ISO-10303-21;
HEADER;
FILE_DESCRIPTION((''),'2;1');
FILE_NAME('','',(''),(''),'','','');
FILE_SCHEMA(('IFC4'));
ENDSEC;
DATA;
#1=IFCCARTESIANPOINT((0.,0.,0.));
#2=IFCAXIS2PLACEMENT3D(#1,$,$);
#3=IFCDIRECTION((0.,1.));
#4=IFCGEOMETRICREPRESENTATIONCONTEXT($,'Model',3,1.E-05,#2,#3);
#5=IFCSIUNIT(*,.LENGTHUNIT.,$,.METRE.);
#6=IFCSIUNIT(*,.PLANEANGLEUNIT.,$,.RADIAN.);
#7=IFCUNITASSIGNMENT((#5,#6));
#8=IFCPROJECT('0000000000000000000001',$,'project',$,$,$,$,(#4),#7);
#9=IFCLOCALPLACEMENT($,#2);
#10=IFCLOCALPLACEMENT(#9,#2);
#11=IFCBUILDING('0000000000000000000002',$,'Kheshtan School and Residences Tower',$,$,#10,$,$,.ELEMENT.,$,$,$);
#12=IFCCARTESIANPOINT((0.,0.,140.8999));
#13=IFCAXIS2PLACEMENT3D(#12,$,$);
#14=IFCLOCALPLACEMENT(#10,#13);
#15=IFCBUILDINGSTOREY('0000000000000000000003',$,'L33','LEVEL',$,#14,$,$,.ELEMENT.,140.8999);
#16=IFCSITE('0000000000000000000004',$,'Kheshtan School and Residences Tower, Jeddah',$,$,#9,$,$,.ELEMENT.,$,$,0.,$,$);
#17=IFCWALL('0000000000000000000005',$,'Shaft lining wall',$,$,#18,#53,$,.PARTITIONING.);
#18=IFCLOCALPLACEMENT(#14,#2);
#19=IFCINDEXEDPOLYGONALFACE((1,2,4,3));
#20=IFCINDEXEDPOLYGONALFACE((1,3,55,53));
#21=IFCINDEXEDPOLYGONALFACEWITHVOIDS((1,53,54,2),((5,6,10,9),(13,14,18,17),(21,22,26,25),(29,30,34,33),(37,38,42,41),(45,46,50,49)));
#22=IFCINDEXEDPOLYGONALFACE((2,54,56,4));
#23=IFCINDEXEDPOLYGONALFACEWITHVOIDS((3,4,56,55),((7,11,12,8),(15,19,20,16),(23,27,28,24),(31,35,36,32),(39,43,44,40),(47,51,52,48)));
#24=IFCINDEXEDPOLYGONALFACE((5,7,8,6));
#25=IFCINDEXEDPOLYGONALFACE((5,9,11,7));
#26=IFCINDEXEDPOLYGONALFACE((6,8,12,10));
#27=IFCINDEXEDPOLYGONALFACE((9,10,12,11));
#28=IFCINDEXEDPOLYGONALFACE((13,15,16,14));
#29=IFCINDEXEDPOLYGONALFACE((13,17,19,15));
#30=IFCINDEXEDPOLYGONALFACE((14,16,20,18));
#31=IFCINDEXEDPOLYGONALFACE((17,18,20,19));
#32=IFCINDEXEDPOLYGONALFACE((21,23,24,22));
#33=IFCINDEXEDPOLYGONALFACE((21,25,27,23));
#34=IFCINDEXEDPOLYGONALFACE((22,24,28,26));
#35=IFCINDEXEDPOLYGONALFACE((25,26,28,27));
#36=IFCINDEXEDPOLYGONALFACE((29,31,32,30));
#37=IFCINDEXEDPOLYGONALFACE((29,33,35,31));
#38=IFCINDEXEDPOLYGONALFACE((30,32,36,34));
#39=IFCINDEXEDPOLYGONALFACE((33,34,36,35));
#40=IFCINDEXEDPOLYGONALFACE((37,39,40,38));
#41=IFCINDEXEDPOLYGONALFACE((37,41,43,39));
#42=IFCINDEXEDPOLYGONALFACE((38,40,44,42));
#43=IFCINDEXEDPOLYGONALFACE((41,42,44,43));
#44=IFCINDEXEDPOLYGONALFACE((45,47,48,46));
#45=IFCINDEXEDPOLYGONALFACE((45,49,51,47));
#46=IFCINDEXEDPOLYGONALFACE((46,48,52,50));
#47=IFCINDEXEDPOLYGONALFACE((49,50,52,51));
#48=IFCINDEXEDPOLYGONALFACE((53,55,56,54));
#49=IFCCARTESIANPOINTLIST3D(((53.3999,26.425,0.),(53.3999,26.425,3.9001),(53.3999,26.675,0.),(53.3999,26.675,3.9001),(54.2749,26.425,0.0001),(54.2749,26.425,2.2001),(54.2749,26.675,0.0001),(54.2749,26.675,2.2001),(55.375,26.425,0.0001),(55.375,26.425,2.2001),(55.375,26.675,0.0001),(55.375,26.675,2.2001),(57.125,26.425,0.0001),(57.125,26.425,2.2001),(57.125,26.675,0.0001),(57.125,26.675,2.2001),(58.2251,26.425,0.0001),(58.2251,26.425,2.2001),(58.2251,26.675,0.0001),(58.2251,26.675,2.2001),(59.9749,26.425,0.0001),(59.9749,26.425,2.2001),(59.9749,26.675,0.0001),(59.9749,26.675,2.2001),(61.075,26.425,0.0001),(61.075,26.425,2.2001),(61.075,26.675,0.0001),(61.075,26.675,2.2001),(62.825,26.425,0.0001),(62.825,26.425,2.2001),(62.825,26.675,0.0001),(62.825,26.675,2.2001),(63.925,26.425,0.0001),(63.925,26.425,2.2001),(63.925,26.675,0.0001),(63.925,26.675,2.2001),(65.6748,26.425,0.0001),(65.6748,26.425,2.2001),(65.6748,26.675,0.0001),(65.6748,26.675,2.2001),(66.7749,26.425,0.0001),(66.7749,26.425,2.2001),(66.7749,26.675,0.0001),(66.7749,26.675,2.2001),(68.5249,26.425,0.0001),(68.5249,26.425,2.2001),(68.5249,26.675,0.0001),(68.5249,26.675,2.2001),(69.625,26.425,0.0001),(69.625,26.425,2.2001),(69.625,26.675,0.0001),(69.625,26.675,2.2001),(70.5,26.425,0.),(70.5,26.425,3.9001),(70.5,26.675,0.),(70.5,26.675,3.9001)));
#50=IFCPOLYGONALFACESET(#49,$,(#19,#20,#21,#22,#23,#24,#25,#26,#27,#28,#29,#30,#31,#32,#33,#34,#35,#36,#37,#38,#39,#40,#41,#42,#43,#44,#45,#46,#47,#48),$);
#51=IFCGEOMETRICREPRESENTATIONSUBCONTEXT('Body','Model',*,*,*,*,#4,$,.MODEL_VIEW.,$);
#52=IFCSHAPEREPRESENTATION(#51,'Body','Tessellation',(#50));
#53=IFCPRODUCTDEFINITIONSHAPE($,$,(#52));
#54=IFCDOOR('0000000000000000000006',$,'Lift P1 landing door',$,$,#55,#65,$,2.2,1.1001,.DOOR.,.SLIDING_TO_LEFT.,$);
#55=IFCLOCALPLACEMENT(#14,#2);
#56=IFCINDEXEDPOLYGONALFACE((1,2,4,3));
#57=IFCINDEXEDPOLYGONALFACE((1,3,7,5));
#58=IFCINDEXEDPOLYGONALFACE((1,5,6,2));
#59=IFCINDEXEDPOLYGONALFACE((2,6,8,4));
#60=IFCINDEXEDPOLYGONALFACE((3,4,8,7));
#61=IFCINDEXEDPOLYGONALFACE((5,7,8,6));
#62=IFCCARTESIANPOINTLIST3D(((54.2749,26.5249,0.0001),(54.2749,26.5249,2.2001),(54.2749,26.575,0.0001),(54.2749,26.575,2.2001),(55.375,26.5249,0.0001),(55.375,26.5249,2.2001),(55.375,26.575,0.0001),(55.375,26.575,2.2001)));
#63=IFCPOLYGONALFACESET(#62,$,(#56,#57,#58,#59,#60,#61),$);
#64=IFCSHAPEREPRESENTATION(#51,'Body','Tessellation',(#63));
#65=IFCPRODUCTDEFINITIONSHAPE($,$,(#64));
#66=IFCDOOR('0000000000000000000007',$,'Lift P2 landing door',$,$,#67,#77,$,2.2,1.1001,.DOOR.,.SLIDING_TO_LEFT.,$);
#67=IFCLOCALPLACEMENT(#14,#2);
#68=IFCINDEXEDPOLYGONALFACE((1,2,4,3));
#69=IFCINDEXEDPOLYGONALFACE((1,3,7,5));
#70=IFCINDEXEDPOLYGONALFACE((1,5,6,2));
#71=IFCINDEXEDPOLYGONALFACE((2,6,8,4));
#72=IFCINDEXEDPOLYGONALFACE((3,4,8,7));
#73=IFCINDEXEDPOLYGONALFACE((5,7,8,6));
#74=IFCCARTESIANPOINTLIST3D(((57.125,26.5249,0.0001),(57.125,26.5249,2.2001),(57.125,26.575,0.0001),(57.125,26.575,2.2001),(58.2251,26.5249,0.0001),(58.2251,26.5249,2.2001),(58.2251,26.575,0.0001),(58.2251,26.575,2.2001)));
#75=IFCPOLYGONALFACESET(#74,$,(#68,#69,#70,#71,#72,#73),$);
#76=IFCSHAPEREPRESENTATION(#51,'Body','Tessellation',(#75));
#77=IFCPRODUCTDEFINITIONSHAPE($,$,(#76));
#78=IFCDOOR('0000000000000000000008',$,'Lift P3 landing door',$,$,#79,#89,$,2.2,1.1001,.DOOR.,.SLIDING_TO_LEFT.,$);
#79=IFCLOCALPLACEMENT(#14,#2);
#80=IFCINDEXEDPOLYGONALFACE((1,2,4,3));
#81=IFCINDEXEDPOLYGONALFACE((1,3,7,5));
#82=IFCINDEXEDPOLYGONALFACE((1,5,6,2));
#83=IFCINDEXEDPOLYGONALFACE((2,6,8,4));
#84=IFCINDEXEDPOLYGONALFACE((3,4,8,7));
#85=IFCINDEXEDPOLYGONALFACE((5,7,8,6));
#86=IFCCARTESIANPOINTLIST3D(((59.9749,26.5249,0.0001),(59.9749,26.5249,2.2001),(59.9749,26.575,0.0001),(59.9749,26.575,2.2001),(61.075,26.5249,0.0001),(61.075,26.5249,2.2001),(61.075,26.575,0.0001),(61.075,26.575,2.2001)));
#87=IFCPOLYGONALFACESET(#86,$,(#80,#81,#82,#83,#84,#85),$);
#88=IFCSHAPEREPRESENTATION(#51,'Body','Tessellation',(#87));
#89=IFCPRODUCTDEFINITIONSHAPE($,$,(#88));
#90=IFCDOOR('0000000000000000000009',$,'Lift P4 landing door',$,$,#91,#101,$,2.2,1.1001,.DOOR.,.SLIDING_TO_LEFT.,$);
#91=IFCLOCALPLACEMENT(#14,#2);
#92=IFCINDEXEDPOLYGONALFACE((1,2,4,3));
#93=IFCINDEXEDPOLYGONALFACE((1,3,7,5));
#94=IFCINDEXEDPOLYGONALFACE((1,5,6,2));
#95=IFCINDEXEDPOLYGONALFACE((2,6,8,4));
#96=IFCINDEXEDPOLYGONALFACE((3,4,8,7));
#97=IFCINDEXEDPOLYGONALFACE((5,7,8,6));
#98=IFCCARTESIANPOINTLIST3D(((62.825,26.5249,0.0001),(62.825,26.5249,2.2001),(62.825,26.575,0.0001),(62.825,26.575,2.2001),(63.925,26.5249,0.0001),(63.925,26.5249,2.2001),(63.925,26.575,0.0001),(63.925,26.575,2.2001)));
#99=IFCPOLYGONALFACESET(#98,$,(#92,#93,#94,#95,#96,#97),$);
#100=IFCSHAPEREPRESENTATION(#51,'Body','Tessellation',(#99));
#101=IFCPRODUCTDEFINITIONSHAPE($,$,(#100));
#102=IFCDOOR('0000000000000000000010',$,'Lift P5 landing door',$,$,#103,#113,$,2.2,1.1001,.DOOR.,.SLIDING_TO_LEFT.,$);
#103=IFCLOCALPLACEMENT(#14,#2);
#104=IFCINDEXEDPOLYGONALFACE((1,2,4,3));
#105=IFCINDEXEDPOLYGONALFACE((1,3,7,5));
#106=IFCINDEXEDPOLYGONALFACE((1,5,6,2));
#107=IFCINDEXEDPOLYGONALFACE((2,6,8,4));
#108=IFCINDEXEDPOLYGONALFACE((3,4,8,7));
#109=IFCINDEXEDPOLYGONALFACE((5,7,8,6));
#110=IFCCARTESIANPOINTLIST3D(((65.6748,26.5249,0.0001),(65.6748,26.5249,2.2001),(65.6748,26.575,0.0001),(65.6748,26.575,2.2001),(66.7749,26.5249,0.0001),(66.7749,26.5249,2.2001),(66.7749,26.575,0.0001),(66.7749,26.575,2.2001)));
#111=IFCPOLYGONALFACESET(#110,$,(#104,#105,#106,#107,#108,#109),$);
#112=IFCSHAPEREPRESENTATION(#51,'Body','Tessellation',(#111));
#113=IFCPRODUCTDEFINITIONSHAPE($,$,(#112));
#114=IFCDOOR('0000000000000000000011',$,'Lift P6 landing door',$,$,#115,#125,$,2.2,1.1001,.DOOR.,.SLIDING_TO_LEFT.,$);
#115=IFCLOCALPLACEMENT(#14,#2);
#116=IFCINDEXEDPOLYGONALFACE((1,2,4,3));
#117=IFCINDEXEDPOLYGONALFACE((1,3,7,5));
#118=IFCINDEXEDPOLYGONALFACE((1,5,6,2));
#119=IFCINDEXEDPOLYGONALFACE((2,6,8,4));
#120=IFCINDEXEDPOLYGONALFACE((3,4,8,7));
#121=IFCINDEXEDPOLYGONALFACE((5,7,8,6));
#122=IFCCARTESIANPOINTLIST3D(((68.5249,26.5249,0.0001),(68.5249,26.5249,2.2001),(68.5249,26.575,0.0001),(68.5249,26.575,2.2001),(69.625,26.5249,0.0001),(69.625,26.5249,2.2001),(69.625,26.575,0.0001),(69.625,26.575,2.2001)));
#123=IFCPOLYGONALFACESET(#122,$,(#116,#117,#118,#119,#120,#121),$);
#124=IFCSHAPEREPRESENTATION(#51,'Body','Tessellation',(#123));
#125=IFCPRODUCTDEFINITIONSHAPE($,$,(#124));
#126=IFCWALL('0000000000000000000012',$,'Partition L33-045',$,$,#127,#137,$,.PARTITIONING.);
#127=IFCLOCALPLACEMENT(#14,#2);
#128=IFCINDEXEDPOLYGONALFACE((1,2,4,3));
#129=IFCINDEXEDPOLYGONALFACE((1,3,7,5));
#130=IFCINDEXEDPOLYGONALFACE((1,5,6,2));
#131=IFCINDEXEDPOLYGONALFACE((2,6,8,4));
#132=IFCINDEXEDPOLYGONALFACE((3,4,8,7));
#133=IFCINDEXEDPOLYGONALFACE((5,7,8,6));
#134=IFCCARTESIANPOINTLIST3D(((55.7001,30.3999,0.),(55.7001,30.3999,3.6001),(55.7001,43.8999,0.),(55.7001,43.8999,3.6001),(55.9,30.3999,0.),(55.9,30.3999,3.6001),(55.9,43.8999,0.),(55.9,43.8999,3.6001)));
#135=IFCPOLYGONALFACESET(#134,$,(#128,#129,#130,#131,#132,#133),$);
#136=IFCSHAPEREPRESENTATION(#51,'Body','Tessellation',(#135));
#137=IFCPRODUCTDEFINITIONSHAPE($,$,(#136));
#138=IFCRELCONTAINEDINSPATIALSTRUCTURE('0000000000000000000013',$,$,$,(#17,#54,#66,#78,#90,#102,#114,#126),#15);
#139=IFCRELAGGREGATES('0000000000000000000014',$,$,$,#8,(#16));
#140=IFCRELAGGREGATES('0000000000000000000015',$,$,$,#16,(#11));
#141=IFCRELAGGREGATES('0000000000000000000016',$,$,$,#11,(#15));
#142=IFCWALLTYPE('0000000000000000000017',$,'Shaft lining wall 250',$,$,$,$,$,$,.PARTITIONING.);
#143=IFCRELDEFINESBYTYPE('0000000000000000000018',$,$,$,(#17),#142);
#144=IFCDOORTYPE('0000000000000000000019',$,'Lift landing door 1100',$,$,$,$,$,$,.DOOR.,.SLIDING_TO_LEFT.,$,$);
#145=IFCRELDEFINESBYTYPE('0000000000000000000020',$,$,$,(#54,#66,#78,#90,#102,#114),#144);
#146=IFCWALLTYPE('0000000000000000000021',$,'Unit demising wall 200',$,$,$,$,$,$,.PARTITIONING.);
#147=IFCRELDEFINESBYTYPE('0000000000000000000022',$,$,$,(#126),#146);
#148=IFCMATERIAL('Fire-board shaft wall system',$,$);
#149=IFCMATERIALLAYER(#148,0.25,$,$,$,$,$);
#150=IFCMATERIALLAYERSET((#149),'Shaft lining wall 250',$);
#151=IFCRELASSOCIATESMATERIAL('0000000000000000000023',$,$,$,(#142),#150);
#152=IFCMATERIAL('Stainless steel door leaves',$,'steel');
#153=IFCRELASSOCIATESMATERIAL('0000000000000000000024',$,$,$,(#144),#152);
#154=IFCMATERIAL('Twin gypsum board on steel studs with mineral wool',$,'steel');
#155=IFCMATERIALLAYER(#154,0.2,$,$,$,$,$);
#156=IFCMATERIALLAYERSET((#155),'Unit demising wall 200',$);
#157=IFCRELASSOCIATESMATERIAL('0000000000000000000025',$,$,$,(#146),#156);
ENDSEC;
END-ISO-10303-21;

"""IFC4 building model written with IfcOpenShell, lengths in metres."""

from ifc_helpers import new_model, si_unit, direction, frame, frame_2d, origin, place, context, subcontext, project, spatial, rectangle, extrude, source, transform, mapped, material, layer, layer_set, type_object, element, fill, save


model = new_model("IFC4")

# Units and contexts
model_context = context("Model", 3, precision=1e-05, world=origin(), true_north=direction((0.0, 1.0)))
body_context = subcontext(model_context, "Body", "Model", "MODEL_VIEW")
ifc_project = project(units=[si_unit("LENGTHUNIT", "METRE"), si_unit("PLANEANGLEUNIT", "RADIAN")], contexts=[model_context])

# Site, building, storey
site_placement = place(None, origin())
site = spatial("IfcSite", under=ifc_project, at=site_placement, Name="Kheshtan School and Residences Tower, Jeddah", CompositionType="ELEMENT", RefElevation=0.0)
building_placement = place(site_placement, origin())
building = spatial("IfcBuilding", under=site, at=building_placement, Name="Kheshtan School and Residences Tower", CompositionType="ELEMENT")
storey_placement = place(building_placement, frame((0.0, 0.0, 140.8999)))
storey = spatial("IfcBuildingStorey", under=building, at=storey_placement, Name="L33", Description="LEVEL", CompositionType="ELEMENT", Elevation=140.8999)

# Shared definitions
ifc_material_1 = material(Name="Fire-board shaft wall system")
ifc_layer_1 = layer(ifc_material_1, 0.25)
ifc_layer_set_1 = layer_set([ifc_layer_1], Name="Shaft lining wall 250")
wall_type_1 = type_object("IfcWallType", Name="Shaft lining wall 250", PredefinedType="PARTITIONING", material=ifc_layer_set_1)

# Wall, openings, doors
wall_1_placement = place(storey_placement, frame((53.3999, 26.55, 0.0), z_axis=(0.0, 0.0, 1.0), x_axis=(1.0, 0.0, 0.0)))
wall_1 = element("IfcWall", 1, at=wall_1_placement, inside=storey, type_object=wall_type_1, Name="Shaft lining wall", PredefinedType="PARTITIONING", context=body_context, shape_type="SweptSolid", body=[
    extrude(rectangle(XDim=17.1001, YDim=0.25, at=frame_2d((8.55, 0.0))), origin(), (0.0, 0.0, 1.0), 3.9001),
])
opening_1_placement = place(wall_1_placement, frame((0.875, 0.0, 0.0)))
opening_1 = element("IfcOpeningElement", 2, at=opening_1_placement, cuts=wall_1, PredefinedType="OPENING", context=body_context, shape_type="SweptSolid", body=[
    extrude(rectangle(XDim=1.1001, YDim=2.2, at=frame_2d((0.55, 1.1001))), frame((0.0, 0.135, 0.0), z_axis=(0.0, -1.0, 0.0), x_axis=(1.0, 0.0, 0.0)), (0.0, 0.0, 1.0), 0.27),
])
opening_2_placement = place(wall_1_placement, frame((3.7251, 0.0, 0.0)))
opening_2 = element("IfcOpeningElement", 3, at=opening_2_placement, cuts=wall_1, PredefinedType="OPENING", context=body_context, shape_type="SweptSolid", body=[
    extrude(rectangle(XDim=1.1001, YDim=2.2, at=frame_2d((0.55, 1.1001))), frame((0.0, 0.135, 0.0), z_axis=(0.0, -1.0, 0.0), x_axis=(1.0, 0.0, 0.0)), (0.0, 0.0, 1.0), 0.27),
])
opening_3_placement = place(wall_1_placement, frame((6.575, 0.0, 0.0)))
opening_3 = element("IfcOpeningElement", 4, at=opening_3_placement, cuts=wall_1, PredefinedType="OPENING", context=body_context, shape_type="SweptSolid", body=[
    extrude(rectangle(XDim=1.1001, YDim=2.2, at=frame_2d((0.55, 1.1001))), frame((0.0, 0.135, 0.0), z_axis=(0.0, -1.0, 0.0), x_axis=(1.0, 0.0, 0.0)), (0.0, 0.0, 1.0), 0.27),
])
opening_4_placement = place(wall_1_placement, frame((9.425, 0.0, 0.0)))
opening_4 = element("IfcOpeningElement", 5, at=opening_4_placement, cuts=wall_1, PredefinedType="OPENING", context=body_context, shape_type="SweptSolid", body=[
    extrude(rectangle(XDim=1.1001, YDim=2.2, at=frame_2d((0.55, 1.1001))), frame((0.0, 0.135, 0.0), z_axis=(0.0, -1.0, 0.0), x_axis=(1.0, 0.0, 0.0)), (0.0, 0.0, 1.0), 0.27),
])
opening_5_placement = place(wall_1_placement, frame((12.2749, 0.0, 0.0)))
opening_5 = element("IfcOpeningElement", 6, at=opening_5_placement, cuts=wall_1, PredefinedType="OPENING", context=body_context, shape_type="SweptSolid", body=[
    extrude(rectangle(XDim=1.1001, YDim=2.2, at=frame_2d((0.55, 1.1001))), frame((0.0, 0.135, 0.0), z_axis=(0.0, -1.0, 0.0), x_axis=(1.0, 0.0, 0.0)), (0.0, 0.0, 1.0), 0.27),
])
opening_6_placement = place(wall_1_placement, frame((15.125, 0.0, 0.0)))
opening_6 = element("IfcOpeningElement", 7, at=opening_6_placement, cuts=wall_1, PredefinedType="OPENING", context=body_context, shape_type="SweptSolid", body=[
    extrude(rectangle(XDim=1.1001, YDim=2.2, at=frame_2d((0.55, 1.1001))), frame((0.0, 0.135, 0.0), z_axis=(0.0, -1.0, 0.0), x_axis=(1.0, 0.0, 0.0)), (0.0, 0.0, 1.0), 0.27),
])
ifc_material_2 = material(Name="Stainless steel door leaves", Category="steel")
door_type = type_object("IfcDoorType", Name="Lift landing door 1100", OperationType="SLIDING_TO_LEFT", PredefinedType="DOOR", material=ifc_material_2)
shared_shape = source(origin(), body_context, "Body", "SweptSolid", [
    extrude(rectangle(XDim=1.1001, YDim=2.2, at=frame_2d((0.55, 1.1001))), frame((0.0, 0.0249, 0.0), z_axis=(0.0, -1.0, 0.0), x_axis=(1.0, 0.0, 0.0)), (0.0, 0.0, 1.0), 0.05),
])
door_1_placement = place(opening_1_placement, origin())
door_1 = element("IfcDoor", 8, at=door_1_placement, inside=storey, type_object=door_type, Name="Lift P1 landing door", OperationType="SLIDING_TO_LEFT", OverallHeight=2.2, OverallWidth=1.1001, PredefinedType="DOOR", context=body_context, shape_type="MappedRepresentation", body=[
    mapped(shared_shape, transform((0.0, 0.0, 0.0), x_axis=(1.0, 0.0, 0.0), y_axis=(0.0, 1.0, 0.0), z_axis=(0.0, 0.0, 1.0), scale=1.0)),
])
fill(opening_1, door_1)
door_2_placement = place(opening_2_placement, origin())
door_2 = element("IfcDoor", 9, at=door_2_placement, inside=storey, type_object=door_type, Name="Lift P2 landing door", OperationType="SLIDING_TO_LEFT", OverallHeight=2.2, OverallWidth=1.1001, PredefinedType="DOOR", context=body_context, shape_type="MappedRepresentation", body=[
    mapped(shared_shape, transform((0.0, 0.0, 0.0), x_axis=(1.0, 0.0, 0.0), y_axis=(0.0, 1.0, 0.0), z_axis=(0.0, 0.0, 1.0), scale=1.0)),
])
fill(opening_2, door_2)
door_3_placement = place(opening_3_placement, origin())
door_3 = element("IfcDoor", 10, at=door_3_placement, inside=storey, type_object=door_type, Name="Lift P3 landing door", OperationType="SLIDING_TO_LEFT", OverallHeight=2.2, OverallWidth=1.1001, PredefinedType="DOOR", context=body_context, shape_type="MappedRepresentation", body=[
    mapped(shared_shape, transform((0.0, 0.0, 0.0), x_axis=(1.0, 0.0, 0.0), y_axis=(0.0, 1.0, 0.0), z_axis=(0.0, 0.0, 1.0), scale=1.0)),
])
fill(opening_3, door_3)
door_4_placement = place(opening_4_placement, origin())
door_4 = element("IfcDoor", 11, at=door_4_placement, inside=storey, type_object=door_type, Name="Lift P4 landing door", OperationType="SLIDING_TO_LEFT", OverallHeight=2.2, OverallWidth=1.1001, PredefinedType="DOOR", context=body_context, shape_type="MappedRepresentation", body=[
    mapped(shared_shape, transform((0.0, 0.0, 0.0), x_axis=(1.0, 0.0, 0.0), y_axis=(0.0, 1.0, 0.0), z_axis=(0.0, 0.0, 1.0), scale=1.0)),
])
fill(opening_4, door_4)
door_5_placement = place(opening_5_placement, origin())
door_5 = element("IfcDoor", 12, at=door_5_placement, inside=storey, type_object=door_type, Name="Lift P5 landing door", OperationType="SLIDING_TO_LEFT", OverallHeight=2.2, OverallWidth=1.1001, PredefinedType="DOOR", context=body_context, shape_type="MappedRepresentation", body=[
    mapped(shared_shape, transform((0.0, 0.0, 0.0), x_axis=(1.0, 0.0, 0.0), y_axis=(0.0, 1.0, 0.0), z_axis=(0.0, 0.0, 1.0), scale=1.0)),
])
fill(opening_5, door_5)
door_6_placement = place(opening_6_placement, origin())
door_6 = element("IfcDoor", 13, at=door_6_placement, inside=storey, type_object=door_type, Name="Lift P6 landing door", OperationType="SLIDING_TO_LEFT", OverallHeight=2.2, OverallWidth=1.1001, PredefinedType="DOOR", context=body_context, shape_type="MappedRepresentation", body=[
    mapped(shared_shape, transform((0.0, 0.0, 0.0), x_axis=(1.0, 0.0, 0.0), y_axis=(0.0, 1.0, 0.0), z_axis=(0.0, 0.0, 1.0), scale=1.0)),
])
fill(opening_6, door_6)

# Wall
ifc_material_3 = material(Name="Twin gypsum board on steel studs with mineral wool", Category="steel")
ifc_layer_2 = layer(ifc_material_3, 0.2)
ifc_layer_set_2 = layer_set([ifc_layer_2], Name="Unit demising wall 200")
wall_type_2 = type_object("IfcWallType", Name="Unit demising wall 200", PredefinedType="PARTITIONING", material=ifc_layer_set_2)
wall_2_placement = place(storey_placement, frame((55.8, 30.3999, 0.0), z_axis=(0.0, 0.0, 1.0), x_axis=(0.0, 1.0, 0.0)))
element("IfcWall", 14, at=wall_2_placement, inside=storey, type_object=wall_type_2, Name="Partition L33-045", PredefinedType="PARTITIONING", context=body_context, shape_type="SweptSolid", body=[
    extrude(rectangle(XDim=13.5, YDim=0.2, at=frame_2d((6.75, 0.0))), origin(), (0.0, 0.0, 1.0), 3.6001),
])

save(model, "model.ifc")
